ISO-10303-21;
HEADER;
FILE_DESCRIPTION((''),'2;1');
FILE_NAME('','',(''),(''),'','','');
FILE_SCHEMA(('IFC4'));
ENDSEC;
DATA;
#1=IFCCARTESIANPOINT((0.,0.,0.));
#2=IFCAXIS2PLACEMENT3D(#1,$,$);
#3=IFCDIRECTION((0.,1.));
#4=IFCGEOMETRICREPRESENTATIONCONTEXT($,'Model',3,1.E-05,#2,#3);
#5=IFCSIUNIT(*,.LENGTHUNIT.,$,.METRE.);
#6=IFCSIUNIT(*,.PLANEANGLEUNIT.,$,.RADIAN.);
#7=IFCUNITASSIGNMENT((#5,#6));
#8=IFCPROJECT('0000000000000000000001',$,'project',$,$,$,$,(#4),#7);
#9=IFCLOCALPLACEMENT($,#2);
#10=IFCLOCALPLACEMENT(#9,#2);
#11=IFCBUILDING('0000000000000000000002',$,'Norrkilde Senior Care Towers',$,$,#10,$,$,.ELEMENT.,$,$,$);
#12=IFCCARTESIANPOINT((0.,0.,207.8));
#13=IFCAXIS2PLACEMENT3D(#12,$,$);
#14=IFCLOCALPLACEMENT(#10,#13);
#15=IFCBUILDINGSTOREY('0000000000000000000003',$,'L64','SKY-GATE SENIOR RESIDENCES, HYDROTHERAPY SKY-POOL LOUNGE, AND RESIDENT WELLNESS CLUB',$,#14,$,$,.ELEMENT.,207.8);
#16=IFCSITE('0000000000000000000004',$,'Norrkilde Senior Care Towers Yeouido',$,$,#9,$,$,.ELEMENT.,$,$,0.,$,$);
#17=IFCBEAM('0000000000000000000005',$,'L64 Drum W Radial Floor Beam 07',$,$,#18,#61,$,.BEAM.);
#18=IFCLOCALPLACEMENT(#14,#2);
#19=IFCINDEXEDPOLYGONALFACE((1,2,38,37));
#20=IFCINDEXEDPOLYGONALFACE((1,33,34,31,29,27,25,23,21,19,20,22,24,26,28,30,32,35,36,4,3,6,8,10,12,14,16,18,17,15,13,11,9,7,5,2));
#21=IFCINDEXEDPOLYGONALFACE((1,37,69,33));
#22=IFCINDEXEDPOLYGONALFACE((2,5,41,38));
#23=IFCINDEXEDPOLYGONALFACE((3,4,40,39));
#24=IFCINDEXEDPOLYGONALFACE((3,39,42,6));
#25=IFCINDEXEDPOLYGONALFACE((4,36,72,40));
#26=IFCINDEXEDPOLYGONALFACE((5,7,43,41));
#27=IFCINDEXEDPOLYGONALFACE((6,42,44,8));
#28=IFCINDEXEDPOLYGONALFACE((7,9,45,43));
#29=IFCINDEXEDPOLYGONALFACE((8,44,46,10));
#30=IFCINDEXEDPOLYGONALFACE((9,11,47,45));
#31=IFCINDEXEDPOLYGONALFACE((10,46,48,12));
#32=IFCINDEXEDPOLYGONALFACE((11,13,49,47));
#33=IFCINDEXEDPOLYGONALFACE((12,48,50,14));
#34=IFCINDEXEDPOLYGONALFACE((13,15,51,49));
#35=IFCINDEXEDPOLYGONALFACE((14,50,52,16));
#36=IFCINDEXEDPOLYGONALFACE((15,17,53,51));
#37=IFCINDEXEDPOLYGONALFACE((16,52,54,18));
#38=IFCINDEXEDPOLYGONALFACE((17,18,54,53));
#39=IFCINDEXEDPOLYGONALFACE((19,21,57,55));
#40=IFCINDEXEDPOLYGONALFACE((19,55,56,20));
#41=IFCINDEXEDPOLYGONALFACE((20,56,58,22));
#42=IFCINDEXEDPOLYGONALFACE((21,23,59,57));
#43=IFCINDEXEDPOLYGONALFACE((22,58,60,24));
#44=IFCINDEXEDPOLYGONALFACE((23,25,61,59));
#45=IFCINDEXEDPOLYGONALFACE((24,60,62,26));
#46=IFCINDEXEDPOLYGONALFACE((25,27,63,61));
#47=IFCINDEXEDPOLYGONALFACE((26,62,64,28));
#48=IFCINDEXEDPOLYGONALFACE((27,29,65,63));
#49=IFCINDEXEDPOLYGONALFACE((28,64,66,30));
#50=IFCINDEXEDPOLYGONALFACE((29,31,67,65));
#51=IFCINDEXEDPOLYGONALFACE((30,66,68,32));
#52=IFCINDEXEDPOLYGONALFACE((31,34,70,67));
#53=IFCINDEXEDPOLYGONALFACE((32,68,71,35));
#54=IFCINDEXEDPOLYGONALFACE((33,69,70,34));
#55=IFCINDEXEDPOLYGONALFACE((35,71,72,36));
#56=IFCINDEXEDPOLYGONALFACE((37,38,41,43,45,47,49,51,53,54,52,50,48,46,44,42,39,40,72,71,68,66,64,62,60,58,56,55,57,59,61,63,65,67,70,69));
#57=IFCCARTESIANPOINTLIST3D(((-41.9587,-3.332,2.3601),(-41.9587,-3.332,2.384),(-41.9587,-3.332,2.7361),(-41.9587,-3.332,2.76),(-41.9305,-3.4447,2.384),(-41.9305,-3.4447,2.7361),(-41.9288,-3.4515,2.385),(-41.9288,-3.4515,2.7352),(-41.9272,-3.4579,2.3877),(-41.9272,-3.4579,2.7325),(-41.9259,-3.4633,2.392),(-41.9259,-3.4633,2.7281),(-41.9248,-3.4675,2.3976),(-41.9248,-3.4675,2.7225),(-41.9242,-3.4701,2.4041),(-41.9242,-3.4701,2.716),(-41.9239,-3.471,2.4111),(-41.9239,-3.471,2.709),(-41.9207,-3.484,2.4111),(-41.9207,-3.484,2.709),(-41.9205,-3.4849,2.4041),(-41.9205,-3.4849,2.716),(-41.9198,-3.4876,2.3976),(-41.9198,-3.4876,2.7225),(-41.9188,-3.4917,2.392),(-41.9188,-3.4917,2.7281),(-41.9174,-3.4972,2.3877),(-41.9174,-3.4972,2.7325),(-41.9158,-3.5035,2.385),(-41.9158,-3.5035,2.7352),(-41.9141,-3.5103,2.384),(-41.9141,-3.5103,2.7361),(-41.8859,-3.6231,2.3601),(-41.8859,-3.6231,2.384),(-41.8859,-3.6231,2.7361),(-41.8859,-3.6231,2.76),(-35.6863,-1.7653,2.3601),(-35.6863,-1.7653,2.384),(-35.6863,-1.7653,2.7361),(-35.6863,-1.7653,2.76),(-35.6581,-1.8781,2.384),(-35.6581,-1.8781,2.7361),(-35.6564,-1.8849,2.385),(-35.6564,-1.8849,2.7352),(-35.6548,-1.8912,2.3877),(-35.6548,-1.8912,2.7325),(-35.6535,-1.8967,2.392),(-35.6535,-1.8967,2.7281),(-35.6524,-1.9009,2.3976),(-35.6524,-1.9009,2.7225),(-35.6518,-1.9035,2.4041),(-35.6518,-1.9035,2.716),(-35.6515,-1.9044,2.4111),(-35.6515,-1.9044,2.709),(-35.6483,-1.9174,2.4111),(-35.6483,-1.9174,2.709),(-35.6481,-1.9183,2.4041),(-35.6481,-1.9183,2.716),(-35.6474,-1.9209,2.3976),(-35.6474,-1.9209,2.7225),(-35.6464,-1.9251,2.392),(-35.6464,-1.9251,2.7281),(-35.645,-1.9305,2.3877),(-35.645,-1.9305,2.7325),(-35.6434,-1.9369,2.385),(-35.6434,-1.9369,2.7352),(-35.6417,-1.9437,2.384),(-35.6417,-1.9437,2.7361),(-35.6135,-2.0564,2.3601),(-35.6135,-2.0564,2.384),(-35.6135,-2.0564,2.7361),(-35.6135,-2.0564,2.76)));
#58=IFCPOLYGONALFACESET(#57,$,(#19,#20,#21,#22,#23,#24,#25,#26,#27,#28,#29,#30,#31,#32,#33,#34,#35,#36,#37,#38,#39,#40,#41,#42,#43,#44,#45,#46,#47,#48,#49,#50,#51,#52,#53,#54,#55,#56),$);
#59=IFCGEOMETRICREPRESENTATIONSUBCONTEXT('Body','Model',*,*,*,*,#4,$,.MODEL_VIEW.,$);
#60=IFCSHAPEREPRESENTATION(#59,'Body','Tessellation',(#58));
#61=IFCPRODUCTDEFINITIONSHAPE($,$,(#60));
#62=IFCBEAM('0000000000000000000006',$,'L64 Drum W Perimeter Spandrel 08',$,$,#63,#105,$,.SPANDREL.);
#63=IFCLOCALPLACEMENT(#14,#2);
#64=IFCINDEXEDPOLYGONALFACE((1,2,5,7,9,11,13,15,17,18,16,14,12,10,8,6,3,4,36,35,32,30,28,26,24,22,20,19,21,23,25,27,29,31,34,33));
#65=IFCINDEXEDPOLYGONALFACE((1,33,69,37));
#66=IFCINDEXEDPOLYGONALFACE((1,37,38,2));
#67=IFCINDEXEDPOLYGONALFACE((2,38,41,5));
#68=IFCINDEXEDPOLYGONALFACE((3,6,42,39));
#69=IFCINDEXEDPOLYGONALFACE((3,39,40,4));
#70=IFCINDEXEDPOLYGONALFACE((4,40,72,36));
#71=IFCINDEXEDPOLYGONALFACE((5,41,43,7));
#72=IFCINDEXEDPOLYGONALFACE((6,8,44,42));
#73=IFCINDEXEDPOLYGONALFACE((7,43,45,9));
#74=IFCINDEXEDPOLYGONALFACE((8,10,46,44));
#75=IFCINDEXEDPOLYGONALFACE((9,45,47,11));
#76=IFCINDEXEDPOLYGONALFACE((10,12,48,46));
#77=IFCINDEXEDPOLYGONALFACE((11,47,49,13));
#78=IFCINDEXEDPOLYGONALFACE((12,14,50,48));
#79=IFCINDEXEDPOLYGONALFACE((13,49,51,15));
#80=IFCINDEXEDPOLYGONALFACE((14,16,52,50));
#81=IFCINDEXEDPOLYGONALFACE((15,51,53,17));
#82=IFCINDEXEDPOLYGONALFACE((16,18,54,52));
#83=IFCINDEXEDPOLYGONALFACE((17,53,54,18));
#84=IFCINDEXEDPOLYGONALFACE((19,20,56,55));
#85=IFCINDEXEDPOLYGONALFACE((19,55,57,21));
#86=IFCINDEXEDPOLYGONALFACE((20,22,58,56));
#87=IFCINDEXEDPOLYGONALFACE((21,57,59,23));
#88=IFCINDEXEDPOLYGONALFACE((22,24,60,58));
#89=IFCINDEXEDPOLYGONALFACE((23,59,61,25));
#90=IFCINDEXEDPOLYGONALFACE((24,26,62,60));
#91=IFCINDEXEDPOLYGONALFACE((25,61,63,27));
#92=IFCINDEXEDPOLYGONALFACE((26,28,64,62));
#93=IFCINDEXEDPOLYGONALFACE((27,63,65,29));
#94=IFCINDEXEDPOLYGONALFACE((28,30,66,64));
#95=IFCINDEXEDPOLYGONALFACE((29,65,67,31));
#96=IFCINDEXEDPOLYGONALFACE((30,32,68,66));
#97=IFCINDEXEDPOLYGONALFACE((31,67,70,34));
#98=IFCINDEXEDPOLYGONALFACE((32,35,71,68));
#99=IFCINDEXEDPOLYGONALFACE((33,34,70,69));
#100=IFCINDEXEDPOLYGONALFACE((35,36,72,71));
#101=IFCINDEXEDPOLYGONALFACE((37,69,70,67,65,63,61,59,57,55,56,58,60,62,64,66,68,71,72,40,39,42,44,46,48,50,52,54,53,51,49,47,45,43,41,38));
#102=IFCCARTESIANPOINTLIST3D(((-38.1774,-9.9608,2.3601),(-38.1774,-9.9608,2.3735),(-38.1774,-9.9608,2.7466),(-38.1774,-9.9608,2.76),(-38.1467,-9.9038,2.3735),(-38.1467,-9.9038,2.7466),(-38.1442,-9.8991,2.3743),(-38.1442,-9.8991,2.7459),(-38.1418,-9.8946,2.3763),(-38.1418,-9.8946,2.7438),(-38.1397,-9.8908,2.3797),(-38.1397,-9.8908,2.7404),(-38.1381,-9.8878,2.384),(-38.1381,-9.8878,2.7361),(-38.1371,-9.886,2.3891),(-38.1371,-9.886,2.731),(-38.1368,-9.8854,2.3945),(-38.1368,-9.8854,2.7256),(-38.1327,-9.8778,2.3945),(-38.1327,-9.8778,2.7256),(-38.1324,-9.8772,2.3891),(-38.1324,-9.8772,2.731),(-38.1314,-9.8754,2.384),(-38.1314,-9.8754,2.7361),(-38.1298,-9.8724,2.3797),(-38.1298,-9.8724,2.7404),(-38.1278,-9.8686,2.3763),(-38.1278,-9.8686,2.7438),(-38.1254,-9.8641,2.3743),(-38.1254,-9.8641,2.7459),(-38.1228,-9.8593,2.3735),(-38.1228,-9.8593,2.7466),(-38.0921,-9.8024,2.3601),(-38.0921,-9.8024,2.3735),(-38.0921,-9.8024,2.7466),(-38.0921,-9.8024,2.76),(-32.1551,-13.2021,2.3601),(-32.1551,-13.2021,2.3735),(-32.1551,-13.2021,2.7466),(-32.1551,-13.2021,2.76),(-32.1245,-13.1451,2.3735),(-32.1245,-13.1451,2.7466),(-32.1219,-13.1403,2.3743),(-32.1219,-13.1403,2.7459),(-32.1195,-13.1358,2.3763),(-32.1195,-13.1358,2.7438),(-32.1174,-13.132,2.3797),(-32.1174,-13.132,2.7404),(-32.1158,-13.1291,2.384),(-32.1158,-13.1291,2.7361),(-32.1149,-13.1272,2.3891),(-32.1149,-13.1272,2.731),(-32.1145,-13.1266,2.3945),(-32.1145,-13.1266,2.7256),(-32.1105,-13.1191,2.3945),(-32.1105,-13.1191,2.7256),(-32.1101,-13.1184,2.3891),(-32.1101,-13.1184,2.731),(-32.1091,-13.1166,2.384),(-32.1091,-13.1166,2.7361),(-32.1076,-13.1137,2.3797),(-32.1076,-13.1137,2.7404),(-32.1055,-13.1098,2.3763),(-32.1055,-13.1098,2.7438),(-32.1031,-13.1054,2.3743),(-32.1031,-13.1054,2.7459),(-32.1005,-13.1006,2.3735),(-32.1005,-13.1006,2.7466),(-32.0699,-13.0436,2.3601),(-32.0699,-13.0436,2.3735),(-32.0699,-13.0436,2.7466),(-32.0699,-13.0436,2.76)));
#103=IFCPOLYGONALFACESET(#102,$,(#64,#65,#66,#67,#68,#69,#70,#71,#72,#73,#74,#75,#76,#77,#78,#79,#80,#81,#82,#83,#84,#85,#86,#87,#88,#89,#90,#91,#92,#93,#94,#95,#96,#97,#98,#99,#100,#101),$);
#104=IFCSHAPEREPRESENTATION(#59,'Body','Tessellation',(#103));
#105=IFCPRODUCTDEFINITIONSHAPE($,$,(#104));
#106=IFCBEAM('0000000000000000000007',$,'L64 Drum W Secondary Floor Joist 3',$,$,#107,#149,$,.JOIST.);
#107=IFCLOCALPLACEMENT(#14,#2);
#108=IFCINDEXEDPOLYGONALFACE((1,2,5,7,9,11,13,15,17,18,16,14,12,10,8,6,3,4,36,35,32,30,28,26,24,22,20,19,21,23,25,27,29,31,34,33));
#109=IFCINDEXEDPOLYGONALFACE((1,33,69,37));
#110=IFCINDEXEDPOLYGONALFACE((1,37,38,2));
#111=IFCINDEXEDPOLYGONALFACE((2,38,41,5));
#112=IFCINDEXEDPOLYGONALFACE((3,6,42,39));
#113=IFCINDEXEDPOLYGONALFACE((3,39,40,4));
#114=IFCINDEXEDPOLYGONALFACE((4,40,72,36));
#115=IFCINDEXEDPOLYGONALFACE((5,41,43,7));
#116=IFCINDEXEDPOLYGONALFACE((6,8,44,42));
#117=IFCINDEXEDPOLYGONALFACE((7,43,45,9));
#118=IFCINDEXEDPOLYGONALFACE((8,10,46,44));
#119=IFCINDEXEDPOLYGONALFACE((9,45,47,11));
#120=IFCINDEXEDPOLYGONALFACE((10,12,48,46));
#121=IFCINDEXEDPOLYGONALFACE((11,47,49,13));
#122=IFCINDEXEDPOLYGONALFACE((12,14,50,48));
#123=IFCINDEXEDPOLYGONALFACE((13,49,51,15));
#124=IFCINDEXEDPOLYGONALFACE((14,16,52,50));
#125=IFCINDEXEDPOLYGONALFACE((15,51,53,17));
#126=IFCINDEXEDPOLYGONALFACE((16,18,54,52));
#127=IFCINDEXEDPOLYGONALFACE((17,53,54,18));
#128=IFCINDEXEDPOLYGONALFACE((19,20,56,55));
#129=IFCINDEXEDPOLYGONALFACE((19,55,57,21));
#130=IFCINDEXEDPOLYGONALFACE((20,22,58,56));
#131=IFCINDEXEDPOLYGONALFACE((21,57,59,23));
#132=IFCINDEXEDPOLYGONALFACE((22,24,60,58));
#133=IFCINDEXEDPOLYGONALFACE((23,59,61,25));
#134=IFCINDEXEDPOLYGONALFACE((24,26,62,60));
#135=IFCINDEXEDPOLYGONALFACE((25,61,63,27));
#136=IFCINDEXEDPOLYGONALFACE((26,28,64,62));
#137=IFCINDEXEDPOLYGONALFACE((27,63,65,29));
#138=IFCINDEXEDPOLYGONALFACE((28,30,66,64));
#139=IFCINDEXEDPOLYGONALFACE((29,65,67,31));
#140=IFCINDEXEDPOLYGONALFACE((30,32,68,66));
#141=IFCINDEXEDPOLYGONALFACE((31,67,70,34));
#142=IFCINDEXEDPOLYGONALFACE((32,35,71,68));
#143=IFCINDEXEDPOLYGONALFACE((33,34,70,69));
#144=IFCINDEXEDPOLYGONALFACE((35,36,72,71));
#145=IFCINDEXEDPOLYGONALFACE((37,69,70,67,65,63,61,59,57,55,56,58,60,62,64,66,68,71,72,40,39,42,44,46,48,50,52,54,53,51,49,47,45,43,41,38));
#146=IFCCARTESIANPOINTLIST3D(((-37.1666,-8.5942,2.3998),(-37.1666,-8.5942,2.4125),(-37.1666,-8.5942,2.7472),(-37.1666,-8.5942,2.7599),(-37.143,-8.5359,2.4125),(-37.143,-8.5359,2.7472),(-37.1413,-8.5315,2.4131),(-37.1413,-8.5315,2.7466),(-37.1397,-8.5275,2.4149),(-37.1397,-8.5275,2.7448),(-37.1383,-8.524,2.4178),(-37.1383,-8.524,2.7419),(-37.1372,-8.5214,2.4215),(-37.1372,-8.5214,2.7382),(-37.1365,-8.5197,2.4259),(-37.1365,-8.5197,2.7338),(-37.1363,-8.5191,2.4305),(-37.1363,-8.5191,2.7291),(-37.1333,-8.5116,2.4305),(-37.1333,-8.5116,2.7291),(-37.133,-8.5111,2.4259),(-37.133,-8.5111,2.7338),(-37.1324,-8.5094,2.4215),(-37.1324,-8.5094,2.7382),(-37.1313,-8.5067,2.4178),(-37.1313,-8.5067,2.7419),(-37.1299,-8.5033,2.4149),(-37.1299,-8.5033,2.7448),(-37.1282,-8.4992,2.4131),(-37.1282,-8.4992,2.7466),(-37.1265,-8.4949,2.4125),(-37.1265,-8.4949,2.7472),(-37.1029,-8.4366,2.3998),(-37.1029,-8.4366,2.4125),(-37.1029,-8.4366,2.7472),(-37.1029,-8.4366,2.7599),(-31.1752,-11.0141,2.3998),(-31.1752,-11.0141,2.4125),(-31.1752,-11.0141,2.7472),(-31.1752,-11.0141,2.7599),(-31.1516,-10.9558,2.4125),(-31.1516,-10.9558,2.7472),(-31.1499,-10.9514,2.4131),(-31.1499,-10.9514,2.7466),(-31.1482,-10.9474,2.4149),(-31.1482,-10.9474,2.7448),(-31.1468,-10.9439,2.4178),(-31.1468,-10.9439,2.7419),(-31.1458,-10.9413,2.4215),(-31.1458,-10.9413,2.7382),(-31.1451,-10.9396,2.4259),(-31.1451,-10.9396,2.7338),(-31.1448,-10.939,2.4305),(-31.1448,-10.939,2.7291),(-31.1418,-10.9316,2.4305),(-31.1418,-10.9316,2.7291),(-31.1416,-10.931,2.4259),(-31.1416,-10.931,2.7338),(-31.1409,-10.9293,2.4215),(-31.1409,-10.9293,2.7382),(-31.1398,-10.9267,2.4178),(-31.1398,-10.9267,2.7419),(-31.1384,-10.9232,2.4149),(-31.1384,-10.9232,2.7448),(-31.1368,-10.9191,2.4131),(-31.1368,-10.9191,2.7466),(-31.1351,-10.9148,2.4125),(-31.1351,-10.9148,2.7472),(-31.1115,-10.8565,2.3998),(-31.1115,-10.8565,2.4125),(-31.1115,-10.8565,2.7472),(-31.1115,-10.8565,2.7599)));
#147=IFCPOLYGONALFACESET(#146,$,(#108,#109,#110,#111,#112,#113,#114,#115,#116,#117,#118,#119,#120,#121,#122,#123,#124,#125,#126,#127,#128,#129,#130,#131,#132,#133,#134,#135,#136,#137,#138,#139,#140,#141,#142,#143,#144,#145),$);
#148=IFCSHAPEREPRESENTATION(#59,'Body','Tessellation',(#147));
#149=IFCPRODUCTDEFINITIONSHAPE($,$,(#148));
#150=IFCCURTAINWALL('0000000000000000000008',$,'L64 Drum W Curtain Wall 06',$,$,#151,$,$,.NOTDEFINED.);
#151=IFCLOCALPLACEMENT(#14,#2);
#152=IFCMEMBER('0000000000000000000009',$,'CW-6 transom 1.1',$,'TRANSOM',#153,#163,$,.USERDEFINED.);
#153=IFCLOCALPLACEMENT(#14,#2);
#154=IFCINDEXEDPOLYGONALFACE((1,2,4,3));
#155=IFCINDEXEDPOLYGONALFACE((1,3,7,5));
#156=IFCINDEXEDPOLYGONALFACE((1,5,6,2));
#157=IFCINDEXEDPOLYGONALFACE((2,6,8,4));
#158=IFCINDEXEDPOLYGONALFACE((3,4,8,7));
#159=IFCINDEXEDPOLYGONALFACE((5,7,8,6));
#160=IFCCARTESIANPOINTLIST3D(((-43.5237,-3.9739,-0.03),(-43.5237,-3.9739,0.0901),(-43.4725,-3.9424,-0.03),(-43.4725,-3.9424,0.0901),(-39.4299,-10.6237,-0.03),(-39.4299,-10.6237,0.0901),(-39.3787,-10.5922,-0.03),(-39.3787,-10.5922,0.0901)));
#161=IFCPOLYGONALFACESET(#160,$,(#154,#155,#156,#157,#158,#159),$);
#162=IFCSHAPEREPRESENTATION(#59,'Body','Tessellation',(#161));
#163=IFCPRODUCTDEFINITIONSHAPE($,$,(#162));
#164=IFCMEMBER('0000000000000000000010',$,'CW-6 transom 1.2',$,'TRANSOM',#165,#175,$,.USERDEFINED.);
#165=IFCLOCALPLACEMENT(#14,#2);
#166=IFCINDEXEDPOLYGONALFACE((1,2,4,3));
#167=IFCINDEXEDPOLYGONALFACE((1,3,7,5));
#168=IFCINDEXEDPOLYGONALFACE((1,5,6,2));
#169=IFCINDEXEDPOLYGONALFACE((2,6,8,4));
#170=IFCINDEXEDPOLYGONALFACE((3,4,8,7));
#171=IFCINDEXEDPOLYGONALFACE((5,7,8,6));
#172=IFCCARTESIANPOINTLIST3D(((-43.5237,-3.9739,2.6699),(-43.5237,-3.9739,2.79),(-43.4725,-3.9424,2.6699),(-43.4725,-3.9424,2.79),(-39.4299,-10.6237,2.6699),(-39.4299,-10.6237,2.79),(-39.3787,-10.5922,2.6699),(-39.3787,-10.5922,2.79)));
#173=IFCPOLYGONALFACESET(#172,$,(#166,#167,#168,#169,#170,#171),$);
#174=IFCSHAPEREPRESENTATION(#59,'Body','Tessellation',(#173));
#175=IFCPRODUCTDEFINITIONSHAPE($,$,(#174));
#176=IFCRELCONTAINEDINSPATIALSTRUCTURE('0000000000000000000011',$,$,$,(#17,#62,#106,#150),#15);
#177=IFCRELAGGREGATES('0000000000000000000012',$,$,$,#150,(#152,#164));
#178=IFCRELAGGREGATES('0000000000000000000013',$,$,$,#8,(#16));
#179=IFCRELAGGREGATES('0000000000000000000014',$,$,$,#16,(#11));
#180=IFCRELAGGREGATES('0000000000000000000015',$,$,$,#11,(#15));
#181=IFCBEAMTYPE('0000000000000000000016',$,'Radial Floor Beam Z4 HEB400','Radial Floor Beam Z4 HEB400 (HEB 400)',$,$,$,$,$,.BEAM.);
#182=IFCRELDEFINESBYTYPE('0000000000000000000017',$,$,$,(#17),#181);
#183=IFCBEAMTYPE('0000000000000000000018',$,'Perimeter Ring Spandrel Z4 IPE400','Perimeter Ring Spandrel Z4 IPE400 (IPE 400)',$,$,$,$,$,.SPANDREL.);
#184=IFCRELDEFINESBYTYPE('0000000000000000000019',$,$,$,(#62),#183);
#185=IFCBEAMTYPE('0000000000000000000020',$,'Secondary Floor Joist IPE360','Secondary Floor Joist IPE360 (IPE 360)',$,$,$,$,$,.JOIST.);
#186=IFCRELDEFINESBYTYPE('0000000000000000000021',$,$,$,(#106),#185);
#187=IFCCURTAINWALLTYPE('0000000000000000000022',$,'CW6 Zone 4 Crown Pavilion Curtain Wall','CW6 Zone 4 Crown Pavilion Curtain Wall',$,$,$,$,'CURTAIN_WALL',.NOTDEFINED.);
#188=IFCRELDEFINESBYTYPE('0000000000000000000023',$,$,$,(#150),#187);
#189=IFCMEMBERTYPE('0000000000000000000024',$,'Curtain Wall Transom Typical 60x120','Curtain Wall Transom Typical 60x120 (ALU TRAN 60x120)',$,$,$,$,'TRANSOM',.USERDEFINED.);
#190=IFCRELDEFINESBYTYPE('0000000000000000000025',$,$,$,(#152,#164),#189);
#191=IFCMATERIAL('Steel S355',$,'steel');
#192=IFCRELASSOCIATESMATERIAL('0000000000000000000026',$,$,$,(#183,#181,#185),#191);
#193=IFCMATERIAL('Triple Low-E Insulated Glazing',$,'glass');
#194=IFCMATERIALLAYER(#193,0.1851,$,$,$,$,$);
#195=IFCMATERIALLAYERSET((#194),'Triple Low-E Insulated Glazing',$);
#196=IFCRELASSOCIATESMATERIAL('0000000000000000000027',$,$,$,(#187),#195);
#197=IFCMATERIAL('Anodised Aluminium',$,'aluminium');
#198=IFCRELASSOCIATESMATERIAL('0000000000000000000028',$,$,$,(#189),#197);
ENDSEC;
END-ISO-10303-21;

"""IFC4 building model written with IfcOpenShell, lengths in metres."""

from ifc_helpers import new_model, si_unit, direction, frame, origin, origin_2d, place, context, subcontext, project, spatial, rectangle, i_section, extrude, source, transform, mapped, material, layer, layer_set, material_profile, profile_set, type_object, type_shapes, element, aggregate, save


model = new_model("IFC4")

# Units and contexts
model_context = context("Model", 3, precision=1e-05, world=origin(), true_north=direction((0.0, 1.0)))
body_context = subcontext(model_context, "Body", "Model", "MODEL_VIEW")
ifc_project = project(units=[si_unit("LENGTHUNIT", "METRE"), si_unit("PLANEANGLEUNIT", "RADIAN")], contexts=[model_context])

# Site, building, storey
site_placement = place(None, origin())
site = spatial("IfcSite", under=ifc_project, at=site_placement, Name="Norrkilde Senior Care Towers Yeouido", CompositionType="ELEMENT", RefElevation=0.0)
building_placement = place(site_placement, origin())
building = spatial("IfcBuilding", under=site, at=building_placement, Name="Norrkilde Senior Care Towers", CompositionType="ELEMENT")
storey_placement = place(building_placement, frame((0.0, 0.0, 207.8)))
storey = spatial("IfcBuildingStorey", under=building, at=storey_placement, Name="L64", Description="SKY-GATE SENIOR RESIDENCES, HYDROTHERAPY SKY-POOL LOUNGE, AND RESIDENT WELLNESS CLUB", CompositionType="ELEMENT", Elevation=207.8)

# Beams
ifc_material_1 = material(Name="Steel S355", Category="steel")
ifc_material_profile_1 = material_profile(ifc_material_1, i_section(OverallWidth=0.1799, OverallDepth=0.3999, WebThickness=0.0085, FlangeThickness=0.0134, FilletRadius=0.021, at=origin_2d()), Name="IPE 400")
ifc_profile_set_1 = profile_set([ifc_material_profile_1], Name="Steel S355")
beam_type_1 = type_object("IfcBeamType", Name="Perimeter Ring Spandrel Z4 IPE400", Description="Perimeter Ring Spandrel Z4 IPE400 (IPE 400)", PredefinedType="SPANDREL", material=ifc_profile_set_1)
ifc_material_profile_2 = material_profile(ifc_material_1, i_section(OverallWidth=0.3, OverallDepth=0.3999, WebThickness=0.0134, FlangeThickness=0.0239, FilletRadius=0.0271, at=origin_2d()), Name="HEB 400")
ifc_profile_set_2 = profile_set([ifc_material_profile_2], Name="Steel S355")
beam_type_2 = type_object("IfcBeamType", Name="Radial Floor Beam Z4 HEB400", Description="Radial Floor Beam Z4 HEB400 (HEB 400)", PredefinedType="BEAM", material=ifc_profile_set_2)
shared_shape_1 = source(origin(), body_context, "Body", "SweptSolid", [
    extrude(i_section(OverallWidth=0.3, OverallDepth=0.3999, WebThickness=0.0134, FlangeThickness=0.0239, FilletRadius=0.0271, at=origin_2d()), origin(), (0.0, 0.0, 1.0), 6.4651),
])
type_shapes(beam_type_2, [shared_shape_1])
beam_1_placement = place(storey_placement, frame((-35.6499, -1.9109, 2.5601), z_axis=(-0.970196, -0.242322, 0.0), x_axis=(0.242322, -0.970196, 0.0)))
element("IfcBeam", 1, at=beam_1_placement, inside=storey, type_object=beam_type_2, Name="L64 Drum W Radial Floor Beam 07", PredefinedType="BEAM", context=body_context, shape_type="MappedRepresentation", body=[
    mapped(shared_shape_1, transform((0.0, 0.0, 0.0), x_axis=(1.0, 0.0, 0.0), y_axis=(0.0, 1.0, 0.0), z_axis=(0.0, 0.0, 1.0), scale=1.0)),
])
shared_shape_2 = source(origin(), body_context, "Body", "SweptSolid", [
    extrude(i_section(OverallWidth=0.1799, OverallDepth=0.3999, WebThickness=0.0085, FlangeThickness=0.0134, FilletRadius=0.021, at=origin_2d()), origin(), (0.0, 0.0, 1.0), 6.8391),
])
beam_2_placement = place(storey_placement, frame((-38.1348, -9.8816, 2.5601), z_axis=(0.880564, -0.473927, 0.0), x_axis=(0.473927, 0.880564, 0.0)))
element("IfcBeam", 2, at=beam_2_placement, inside=storey, type_object=beam_type_1, Name="L64 Drum W Perimeter Spandrel 08", PredefinedType="SPANDREL", context=body_context, shape_type="MappedRepresentation", body=[
    mapped(shared_shape_2, transform((0.0, 0.0, 0.0), x_axis=(1.0, 0.0, 0.0), y_axis=(0.0, 1.0, 0.0), z_axis=(0.0, 0.0, 1.0), scale=1.0)),
])
ifc_material_profile_3 = material_profile(ifc_material_1, i_section(OverallWidth=0.1699, OverallDepth=0.3601, WebThickness=0.0081, FlangeThickness=0.0127, FilletRadius=0.0181, at=origin_2d()), Name="IPE 360")
ifc_profile_set_3 = profile_set([ifc_material_profile_3], Name="Steel S355")
beam_type_3 = type_object("IfcBeamType", Name="Secondary Floor Joist IPE360", Description="Secondary Floor Joist IPE360 (IPE 360)", PredefinedType="JOIST", material=ifc_profile_set_3)
shared_shape_3 = source(origin(), body_context, "Body", "SweptSolid", [
    extrude(i_section(OverallWidth=0.1699, OverallDepth=0.3601, WebThickness=0.0081, FlangeThickness=0.0127, FilletRadius=0.0181, at=origin_2d()), origin(), (0.0, 0.0, 1.0), 6.4617),
])
type_shapes(beam_type_3, [shared_shape_3])
beam_3_placement = place(storey_placement, frame((-37.1348, -8.5154, 2.5798), z_axis=(0.927226, -0.374502, 0.0), x_axis=(0.374502, 0.927226, 0.0)))
element("IfcBeam", 3, at=beam_3_placement, inside=storey, type_object=beam_type_3, Name="L64 Drum W Secondary Floor Joist 3", PredefinedType="JOIST", context=body_context, shape_type="MappedRepresentation", body=[
    mapped(shared_shape_3, transform((0.0, 0.0, 0.0), x_axis=(1.0, 0.0, 0.0), y_axis=(0.0, 1.0, 0.0), z_axis=(0.0, 0.0, 1.0), scale=1.0)),
])

# Curtain wall, members
ifc_material_2 = material(Name="Triple Low-E Insulated Glazing", Category="glass")
ifc_layer_1 = layer(ifc_material_2, 0.1851)
ifc_layer_set_1 = layer_set([ifc_layer_1], Name="Triple Low-E Insulated Glazing")
curtain_wall_type = type_object("IfcCurtainWallType", Name="CW6 Zone 4 Crown Pavilion Curtain Wall", Description="CW6 Zone 4 Crown Pavilion Curtain Wall", ElementType="CURTAIN_WALL", PredefinedType="NOTDEFINED", material=ifc_layer_set_1)
curtain_wall_1_placement = place(storey_placement, origin())
curtain_wall_1 = element("IfcCurtainWall", 4, at=curtain_wall_1_placement, inside=storey, type_object=curtain_wall_type, Name="L64 Drum W Curtain Wall 06", PredefinedType="NOTDEFINED")
ifc_material_3 = material(Name="Anodised Aluminium", Category="aluminium")
ifc_material_profile_4 = material_profile(ifc_material_3, rectangle(XDim=0.0601, YDim=0.1201, at=origin_2d()), Name="ALU TRAN 60x120")
ifc_profile_set_4 = profile_set([ifc_material_profile_4], Name="Anodised Aluminium")
member_type_1 = type_object("IfcMemberType", Name="Curtain Wall Transom Typical 60x120", Description="Curtain Wall Transom Typical 60x120 (ALU TRAN 60x120)", ElementType="TRANSOM", PredefinedType="USERDEFINED", material=ifc_profile_set_4)
shared_shape_4 = source(origin(), body_context, "Body", "SweptSolid", [
    extrude(rectangle(XDim=0.0601, YDim=0.1201, at=origin_2d()), origin(), (0.0, 0.0, 1.0), 7.8088),
])
member_1_placement = place(storey_placement, frame((-39.4043, -10.6079, 0.03), z_axis=(-0.524251, 0.851564, 0.0), x_axis=(-0.851564, -0.524251, 0.0)))
member_1 = element("IfcMember", 5, at=member_1_placement, type_object=member_type_1, Name="CW-6 transom 1.1", ObjectType="TRANSOM", PredefinedType="USERDEFINED", context=body_context, shape_type="MappedRepresentation", body=[
    mapped(shared_shape_4, transform((0.0, 0.0, 0.0), x_axis=(1.0, 0.0, 0.0), y_axis=(0.0, 1.0, 0.0), z_axis=(0.0, 0.0, 1.0), scale=1.0)),
])
member_2_placement = place(storey_placement, frame((-39.4043, -10.6079, 2.73), z_axis=(-0.524251, 0.851564, 0.0), x_axis=(-0.851564, -0.524251, 0.0)))
member_2 = element("IfcMember", 6, at=member_2_placement, type_object=member_type_1, Name="CW-6 transom 1.2", ObjectType="TRANSOM", PredefinedType="USERDEFINED", context=body_context, shape_type="MappedRepresentation", body=[
    mapped(shared_shape_4, transform((0.0, 0.0, 0.0), x_axis=(1.0, 0.0, 0.0), y_axis=(0.0, 1.0, 0.0), z_axis=(0.0, 0.0, 1.0), scale=1.0)),
])

aggregate(curtain_wall_1, [member_1, member_2])

save(model, "model.ifc")
